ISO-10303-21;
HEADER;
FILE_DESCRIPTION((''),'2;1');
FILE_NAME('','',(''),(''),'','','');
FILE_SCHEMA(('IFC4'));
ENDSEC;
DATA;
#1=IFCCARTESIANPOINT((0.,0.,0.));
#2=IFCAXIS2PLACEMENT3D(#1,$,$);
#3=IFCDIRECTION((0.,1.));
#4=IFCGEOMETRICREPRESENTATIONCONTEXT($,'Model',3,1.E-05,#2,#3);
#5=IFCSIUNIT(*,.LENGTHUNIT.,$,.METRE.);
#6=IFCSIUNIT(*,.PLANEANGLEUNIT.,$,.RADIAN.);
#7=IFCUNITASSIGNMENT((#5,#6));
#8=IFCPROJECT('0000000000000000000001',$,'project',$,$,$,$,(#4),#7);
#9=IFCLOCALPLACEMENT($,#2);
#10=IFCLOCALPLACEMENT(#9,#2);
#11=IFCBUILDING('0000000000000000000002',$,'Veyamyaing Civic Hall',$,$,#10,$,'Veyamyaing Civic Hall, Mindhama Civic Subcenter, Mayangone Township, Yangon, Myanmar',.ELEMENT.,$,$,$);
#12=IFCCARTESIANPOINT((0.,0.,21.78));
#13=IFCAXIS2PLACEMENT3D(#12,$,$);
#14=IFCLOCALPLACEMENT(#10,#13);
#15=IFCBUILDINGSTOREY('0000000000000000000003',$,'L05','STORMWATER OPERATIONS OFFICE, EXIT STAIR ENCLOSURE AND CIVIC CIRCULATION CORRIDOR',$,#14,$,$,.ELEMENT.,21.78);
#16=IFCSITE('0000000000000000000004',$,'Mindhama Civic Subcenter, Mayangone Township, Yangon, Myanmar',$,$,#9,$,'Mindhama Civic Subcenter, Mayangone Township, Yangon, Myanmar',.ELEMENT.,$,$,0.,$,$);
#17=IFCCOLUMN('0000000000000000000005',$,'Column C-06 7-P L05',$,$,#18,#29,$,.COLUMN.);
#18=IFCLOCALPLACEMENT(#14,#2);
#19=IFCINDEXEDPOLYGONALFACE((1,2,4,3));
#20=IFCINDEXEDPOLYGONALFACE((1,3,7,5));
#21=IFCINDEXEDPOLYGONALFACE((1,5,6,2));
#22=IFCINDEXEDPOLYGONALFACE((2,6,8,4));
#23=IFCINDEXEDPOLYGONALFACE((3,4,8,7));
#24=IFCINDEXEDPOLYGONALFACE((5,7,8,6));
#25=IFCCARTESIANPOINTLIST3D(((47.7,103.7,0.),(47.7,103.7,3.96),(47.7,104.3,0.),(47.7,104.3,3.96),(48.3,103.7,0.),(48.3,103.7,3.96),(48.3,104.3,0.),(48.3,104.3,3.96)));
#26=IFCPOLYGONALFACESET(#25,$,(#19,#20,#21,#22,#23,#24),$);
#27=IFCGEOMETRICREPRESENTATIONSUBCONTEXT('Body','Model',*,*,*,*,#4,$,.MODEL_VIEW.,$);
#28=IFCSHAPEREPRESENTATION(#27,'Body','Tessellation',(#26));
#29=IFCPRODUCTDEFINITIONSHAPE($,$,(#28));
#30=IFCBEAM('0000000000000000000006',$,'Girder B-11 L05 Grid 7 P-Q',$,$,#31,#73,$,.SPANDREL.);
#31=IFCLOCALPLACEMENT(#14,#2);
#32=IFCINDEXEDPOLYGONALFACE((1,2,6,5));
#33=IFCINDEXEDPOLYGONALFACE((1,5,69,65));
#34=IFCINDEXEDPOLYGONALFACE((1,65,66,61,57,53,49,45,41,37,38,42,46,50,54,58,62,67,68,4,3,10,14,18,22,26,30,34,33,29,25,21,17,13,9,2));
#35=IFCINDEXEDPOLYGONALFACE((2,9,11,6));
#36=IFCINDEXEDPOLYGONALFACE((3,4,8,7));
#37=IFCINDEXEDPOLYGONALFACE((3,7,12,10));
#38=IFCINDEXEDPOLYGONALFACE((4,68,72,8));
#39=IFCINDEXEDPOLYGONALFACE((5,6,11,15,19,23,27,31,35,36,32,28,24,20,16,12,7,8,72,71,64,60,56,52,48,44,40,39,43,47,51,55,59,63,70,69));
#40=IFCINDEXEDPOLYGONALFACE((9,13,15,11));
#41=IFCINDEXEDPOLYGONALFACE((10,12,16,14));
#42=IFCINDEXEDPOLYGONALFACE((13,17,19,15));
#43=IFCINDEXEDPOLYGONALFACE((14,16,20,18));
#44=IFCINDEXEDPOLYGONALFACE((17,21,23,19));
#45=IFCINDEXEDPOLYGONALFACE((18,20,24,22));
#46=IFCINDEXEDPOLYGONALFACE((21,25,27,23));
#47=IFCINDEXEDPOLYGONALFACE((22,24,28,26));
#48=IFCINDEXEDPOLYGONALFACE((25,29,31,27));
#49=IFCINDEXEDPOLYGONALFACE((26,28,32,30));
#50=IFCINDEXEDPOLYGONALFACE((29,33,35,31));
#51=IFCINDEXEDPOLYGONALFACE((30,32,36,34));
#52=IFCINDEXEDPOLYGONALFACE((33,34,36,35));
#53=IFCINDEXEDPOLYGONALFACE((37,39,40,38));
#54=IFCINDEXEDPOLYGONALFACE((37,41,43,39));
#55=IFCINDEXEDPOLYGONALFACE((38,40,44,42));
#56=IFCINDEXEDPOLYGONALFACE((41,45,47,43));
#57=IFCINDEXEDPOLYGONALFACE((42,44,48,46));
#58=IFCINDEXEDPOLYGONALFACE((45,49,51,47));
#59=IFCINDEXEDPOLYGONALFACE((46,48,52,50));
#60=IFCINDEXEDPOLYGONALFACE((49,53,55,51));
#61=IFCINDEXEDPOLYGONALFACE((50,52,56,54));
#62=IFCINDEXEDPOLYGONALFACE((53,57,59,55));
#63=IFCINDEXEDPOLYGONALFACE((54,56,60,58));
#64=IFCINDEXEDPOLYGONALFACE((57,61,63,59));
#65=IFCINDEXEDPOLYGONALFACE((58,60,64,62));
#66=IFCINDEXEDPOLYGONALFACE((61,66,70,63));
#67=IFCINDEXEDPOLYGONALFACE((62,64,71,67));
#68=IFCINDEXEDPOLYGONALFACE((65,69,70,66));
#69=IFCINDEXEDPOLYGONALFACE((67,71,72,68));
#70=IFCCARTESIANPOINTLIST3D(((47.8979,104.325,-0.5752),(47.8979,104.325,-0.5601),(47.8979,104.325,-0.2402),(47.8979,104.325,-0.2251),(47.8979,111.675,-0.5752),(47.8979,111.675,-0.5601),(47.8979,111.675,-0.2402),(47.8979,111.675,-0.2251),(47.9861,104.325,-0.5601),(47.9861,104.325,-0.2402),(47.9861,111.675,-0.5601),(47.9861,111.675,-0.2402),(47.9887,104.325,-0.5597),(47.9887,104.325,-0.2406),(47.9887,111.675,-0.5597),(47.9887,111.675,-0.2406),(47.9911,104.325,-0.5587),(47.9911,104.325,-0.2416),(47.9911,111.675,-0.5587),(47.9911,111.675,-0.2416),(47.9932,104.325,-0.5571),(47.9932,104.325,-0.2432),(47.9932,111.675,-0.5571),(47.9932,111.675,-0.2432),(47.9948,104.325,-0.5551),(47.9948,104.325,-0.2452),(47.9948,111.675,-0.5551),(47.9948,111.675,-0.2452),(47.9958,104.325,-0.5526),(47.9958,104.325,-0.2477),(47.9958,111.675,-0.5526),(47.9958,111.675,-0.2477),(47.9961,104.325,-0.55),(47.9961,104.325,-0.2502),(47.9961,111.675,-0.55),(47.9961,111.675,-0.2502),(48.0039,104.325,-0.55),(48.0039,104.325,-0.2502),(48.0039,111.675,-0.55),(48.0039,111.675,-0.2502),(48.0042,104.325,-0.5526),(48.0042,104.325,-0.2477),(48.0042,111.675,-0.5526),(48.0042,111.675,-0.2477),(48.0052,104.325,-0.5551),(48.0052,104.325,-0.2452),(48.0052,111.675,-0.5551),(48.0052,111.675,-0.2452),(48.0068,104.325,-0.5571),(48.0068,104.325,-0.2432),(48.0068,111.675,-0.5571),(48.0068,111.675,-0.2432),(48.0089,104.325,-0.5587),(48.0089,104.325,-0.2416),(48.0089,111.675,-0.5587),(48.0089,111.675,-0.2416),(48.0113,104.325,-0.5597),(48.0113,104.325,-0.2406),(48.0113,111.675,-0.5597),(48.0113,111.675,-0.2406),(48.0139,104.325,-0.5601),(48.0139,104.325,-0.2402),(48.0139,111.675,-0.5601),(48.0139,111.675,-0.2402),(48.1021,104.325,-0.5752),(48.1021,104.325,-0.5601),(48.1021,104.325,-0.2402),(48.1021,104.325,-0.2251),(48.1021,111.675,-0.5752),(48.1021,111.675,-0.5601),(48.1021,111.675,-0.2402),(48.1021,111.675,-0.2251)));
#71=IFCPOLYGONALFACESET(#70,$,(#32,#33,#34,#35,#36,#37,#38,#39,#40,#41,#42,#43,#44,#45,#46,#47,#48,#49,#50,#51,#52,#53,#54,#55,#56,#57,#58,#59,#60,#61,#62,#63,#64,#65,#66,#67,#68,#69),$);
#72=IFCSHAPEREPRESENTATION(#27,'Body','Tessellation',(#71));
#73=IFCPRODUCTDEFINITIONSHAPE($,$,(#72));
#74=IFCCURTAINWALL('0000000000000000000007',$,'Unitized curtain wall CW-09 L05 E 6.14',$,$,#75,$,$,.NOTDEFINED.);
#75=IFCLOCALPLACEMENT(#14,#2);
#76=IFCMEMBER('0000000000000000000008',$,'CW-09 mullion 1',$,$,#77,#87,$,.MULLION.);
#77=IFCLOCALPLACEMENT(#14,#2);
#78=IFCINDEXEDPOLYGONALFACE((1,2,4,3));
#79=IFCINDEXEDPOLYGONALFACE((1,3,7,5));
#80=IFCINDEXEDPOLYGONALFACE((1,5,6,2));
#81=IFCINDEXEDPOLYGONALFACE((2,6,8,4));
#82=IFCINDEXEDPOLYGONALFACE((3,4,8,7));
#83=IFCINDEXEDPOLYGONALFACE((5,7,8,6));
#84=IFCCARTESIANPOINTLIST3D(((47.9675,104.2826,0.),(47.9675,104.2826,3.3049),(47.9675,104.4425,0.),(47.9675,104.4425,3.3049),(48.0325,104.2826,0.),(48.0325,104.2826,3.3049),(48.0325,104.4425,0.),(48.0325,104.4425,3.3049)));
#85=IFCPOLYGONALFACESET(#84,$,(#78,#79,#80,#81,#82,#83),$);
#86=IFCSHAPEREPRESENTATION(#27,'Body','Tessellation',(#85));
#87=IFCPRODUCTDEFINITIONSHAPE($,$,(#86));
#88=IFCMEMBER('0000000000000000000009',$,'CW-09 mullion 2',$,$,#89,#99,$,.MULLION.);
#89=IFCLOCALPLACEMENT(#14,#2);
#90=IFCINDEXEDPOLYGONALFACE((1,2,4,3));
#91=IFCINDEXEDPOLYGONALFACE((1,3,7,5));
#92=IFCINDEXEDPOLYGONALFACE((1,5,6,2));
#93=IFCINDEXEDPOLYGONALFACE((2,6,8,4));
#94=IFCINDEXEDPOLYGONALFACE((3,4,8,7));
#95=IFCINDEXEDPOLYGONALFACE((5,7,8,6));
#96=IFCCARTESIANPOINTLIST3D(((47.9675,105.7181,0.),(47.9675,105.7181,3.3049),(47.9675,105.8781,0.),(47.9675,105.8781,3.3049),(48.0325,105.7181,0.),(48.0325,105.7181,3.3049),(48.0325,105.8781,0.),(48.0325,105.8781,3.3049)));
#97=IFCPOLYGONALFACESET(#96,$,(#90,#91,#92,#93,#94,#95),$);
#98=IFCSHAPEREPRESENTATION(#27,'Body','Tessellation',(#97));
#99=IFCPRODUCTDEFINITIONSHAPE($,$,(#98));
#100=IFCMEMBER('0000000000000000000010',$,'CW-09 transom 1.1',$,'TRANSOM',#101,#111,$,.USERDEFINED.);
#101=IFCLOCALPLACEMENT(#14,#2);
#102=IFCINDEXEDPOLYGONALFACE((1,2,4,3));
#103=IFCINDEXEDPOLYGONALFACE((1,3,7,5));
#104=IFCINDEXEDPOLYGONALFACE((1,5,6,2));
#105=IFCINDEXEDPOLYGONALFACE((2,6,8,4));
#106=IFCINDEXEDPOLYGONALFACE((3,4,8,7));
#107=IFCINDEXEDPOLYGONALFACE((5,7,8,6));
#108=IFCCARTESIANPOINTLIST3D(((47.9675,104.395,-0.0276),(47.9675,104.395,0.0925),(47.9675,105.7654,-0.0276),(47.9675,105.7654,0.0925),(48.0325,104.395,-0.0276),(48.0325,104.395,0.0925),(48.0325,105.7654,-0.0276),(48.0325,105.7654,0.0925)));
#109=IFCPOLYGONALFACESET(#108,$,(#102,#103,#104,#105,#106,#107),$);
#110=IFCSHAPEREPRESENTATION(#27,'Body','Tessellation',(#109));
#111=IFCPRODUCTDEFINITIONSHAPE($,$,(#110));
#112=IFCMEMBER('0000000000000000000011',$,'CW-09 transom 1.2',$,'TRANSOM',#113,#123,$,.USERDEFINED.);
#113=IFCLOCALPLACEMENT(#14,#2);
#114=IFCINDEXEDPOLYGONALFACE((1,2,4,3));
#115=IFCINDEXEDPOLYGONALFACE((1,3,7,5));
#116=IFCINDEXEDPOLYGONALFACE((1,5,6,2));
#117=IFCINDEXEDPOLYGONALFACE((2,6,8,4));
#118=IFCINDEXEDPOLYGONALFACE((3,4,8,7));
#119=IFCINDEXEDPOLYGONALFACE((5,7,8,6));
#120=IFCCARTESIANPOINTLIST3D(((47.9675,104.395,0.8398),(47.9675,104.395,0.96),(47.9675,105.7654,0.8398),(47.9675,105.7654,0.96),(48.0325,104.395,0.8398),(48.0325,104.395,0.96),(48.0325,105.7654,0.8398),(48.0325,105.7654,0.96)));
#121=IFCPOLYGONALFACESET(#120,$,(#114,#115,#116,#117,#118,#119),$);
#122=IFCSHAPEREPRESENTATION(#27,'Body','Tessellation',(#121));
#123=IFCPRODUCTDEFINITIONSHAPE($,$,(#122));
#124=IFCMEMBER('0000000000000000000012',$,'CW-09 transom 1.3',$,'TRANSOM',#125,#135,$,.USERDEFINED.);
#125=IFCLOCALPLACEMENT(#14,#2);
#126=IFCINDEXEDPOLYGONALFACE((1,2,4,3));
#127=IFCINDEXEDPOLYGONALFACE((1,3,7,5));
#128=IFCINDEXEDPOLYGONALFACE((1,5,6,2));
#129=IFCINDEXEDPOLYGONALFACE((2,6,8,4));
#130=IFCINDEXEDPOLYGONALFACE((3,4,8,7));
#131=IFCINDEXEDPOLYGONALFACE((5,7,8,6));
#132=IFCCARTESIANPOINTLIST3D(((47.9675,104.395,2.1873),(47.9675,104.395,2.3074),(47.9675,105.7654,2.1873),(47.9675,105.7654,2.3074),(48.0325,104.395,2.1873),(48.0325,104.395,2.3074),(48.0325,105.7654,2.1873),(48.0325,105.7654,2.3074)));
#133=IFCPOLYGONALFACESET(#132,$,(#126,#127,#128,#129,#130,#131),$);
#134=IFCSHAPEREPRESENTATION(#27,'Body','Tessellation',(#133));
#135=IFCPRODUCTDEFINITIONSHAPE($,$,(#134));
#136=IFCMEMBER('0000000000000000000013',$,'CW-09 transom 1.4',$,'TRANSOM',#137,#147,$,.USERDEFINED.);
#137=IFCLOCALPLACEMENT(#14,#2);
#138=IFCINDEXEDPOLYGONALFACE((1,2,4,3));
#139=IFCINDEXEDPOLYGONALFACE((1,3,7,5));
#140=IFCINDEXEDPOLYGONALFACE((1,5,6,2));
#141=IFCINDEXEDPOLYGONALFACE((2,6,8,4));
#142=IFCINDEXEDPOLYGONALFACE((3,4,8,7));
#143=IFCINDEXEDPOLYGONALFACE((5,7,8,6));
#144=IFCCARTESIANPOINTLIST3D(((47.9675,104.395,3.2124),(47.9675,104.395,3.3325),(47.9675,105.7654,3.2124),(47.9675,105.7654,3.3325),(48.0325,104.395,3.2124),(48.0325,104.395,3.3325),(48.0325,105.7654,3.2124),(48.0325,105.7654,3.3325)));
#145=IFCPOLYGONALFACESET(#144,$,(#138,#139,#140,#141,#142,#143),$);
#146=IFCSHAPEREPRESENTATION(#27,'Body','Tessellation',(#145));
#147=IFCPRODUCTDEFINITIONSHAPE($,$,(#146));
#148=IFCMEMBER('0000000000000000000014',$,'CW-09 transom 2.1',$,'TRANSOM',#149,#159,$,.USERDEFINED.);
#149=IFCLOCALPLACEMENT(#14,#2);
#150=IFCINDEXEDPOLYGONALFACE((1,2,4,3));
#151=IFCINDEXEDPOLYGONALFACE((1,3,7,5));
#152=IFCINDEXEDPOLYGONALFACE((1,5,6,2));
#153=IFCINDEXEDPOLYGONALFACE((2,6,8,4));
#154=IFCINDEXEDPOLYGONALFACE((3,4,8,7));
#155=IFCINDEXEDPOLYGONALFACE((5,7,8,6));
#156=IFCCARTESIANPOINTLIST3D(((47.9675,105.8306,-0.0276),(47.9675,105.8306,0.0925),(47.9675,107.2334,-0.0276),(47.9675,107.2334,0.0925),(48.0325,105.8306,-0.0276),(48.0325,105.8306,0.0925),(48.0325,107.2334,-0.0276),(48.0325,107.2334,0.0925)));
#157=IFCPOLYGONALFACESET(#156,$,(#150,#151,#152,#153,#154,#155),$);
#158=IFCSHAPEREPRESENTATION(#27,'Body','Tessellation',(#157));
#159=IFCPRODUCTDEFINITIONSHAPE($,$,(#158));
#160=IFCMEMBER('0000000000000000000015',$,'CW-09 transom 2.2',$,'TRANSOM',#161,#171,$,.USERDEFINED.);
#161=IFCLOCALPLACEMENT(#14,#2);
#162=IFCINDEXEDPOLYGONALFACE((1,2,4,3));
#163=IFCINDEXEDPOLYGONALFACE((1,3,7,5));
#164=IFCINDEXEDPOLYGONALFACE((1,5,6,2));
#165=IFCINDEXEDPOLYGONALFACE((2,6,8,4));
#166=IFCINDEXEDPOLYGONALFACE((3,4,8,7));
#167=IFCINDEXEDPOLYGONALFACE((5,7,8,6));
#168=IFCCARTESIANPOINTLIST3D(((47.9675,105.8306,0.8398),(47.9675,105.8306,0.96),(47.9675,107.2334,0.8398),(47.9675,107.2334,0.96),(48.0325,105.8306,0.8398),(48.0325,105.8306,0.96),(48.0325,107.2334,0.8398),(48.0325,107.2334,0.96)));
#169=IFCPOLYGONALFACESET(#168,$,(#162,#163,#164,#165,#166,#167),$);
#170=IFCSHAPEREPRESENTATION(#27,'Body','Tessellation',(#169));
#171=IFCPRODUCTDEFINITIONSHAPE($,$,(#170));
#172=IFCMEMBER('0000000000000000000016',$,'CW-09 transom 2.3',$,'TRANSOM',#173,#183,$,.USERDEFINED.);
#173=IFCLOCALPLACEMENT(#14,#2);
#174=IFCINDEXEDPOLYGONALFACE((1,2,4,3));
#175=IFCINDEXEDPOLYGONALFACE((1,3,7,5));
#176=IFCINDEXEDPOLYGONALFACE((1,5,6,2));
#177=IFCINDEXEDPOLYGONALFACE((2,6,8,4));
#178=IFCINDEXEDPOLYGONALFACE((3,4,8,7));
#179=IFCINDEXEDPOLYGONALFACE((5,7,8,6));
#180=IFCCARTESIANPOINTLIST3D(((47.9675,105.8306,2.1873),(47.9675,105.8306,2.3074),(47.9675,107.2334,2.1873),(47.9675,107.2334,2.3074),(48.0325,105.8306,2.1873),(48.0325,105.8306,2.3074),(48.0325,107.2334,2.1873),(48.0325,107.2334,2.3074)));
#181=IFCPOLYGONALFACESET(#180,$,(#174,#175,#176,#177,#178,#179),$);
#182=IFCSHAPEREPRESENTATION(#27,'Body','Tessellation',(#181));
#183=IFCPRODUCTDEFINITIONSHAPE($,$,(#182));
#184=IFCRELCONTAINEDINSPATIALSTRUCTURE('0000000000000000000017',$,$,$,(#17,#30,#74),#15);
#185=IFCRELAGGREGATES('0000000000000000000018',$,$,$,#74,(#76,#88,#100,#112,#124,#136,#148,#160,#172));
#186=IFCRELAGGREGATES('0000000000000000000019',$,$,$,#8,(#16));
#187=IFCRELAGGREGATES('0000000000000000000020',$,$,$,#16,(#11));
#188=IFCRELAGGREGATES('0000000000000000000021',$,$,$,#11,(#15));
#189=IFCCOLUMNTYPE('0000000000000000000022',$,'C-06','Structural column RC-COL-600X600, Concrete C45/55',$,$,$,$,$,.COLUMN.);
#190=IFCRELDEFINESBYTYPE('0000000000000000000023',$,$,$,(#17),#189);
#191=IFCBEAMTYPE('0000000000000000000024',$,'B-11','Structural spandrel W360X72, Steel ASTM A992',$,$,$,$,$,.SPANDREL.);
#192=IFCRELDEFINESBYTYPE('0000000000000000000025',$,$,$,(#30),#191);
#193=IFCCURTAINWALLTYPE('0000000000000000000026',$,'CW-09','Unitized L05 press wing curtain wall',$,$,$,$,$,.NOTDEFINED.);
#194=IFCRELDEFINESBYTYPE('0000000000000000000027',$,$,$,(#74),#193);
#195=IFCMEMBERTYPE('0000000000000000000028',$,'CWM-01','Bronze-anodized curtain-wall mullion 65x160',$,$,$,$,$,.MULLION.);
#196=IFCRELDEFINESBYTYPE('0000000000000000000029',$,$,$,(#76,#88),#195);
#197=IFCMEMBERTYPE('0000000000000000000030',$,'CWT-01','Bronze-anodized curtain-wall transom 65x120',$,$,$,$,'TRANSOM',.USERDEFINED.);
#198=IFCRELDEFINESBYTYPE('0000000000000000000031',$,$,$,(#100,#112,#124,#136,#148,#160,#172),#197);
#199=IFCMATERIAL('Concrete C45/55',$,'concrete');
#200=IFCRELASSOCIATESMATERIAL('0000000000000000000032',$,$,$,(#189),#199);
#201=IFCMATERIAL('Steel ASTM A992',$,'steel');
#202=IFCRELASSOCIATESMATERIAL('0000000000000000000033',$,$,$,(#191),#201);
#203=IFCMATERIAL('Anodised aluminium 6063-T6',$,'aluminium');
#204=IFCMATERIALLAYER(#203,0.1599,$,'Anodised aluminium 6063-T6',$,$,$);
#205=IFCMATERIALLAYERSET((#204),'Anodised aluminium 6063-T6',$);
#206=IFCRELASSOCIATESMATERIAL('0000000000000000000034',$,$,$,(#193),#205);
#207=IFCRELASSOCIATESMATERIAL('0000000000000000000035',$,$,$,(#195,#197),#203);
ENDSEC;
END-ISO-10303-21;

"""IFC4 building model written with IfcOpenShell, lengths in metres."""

from ifc_helpers import new_model, si_unit, direction, frame, origin, origin_2d, place, context, subcontext, project, spatial, rectangle, i_section, extrude, material, layer, layer_set, material_profile, profile_set, type_object, element, aggregate, save


model = new_model("IFC4")

# Units and contexts
model_context = context("Model", 3, precision=1e-05, world=origin(), true_north=direction((0.0, 1.0)))
body_context = subcontext(model_context, "Body", "Model", "MODEL_VIEW")
ifc_project = project(units=[si_unit("LENGTHUNIT", "METRE"), si_unit("PLANEANGLEUNIT", "RADIAN")], contexts=[model_context])

# Site, building, storey
site_placement = place(None, origin())
site = spatial("IfcSite", under=ifc_project, at=site_placement, Name="Mindhama Civic Subcenter, Mayangone Township, Yangon, Myanmar", LongName="Mindhama Civic Subcenter, Mayangone Township, Yangon, Myanmar", CompositionType="ELEMENT", RefElevation=0.0)
building_placement = place(site_placement, origin())
building = spatial("IfcBuilding", under=site, at=building_placement, Name="Veyamyaing Civic Hall", LongName="Veyamyaing Civic Hall, Mindhama Civic Subcenter, Mayangone Township, Yangon, Myanmar", CompositionType="ELEMENT")
storey_placement = place(building_placement, frame((0.0, 0.0, 21.78)))
storey = spatial("IfcBuildingStorey", under=building, at=storey_placement, Name="L05", Description="STORMWATER OPERATIONS OFFICE, EXIT STAIR ENCLOSURE AND CIVIC CIRCULATION CORRIDOR", CompositionType="ELEMENT", Elevation=21.78)

# Column
ifc_material_1 = material(Name="Concrete C45/55", Category="concrete")
ifc_material_profile_1 = material_profile(ifc_material_1, rectangle(XDim=0.6001, YDim=0.6001, at=origin_2d()), Name="RC-COL-600X600")
ifc_profile_set_1 = profile_set([ifc_material_profile_1], Name="Concrete C45/55")
column_type = type_object("IfcColumnType", Name="C-06", Description="Structural column RC-COL-600X600, Concrete C45/55", PredefinedType="COLUMN", material=ifc_profile_set_1)
column_placement = place(storey_placement, frame((48.0, 104.0, 0.0), z_axis=(0.0, 0.0, 1.0), x_axis=(1.0, 0.0, 0.0)))
element("IfcColumn", 1, at=column_placement, inside=storey, type_object=column_type, Name="Column C-06 7-P L05", PredefinedType="COLUMN", context=body_context, shape_type="SweptSolid", body=[
    extrude(rectangle(XDim=0.6001, YDim=0.6001, at=origin_2d()), origin(), (0.0, 0.0, 1.0), 3.96),
])

# Beam
ifc_material_2 = material(Name="Steel ASTM A992", Category="steel")
ifc_material_profile_2 = material_profile(ifc_material_2, i_section(OverallWidth=0.2041, OverallDepth=0.3501, WebThickness=0.0078, FlangeThickness=0.0151, FilletRadius=0.01, at=origin_2d()), Name="W360X72")
ifc_profile_set_2 = profile_set([ifc_material_profile_2], Name="Steel ASTM A992")
beam_type = type_object("IfcBeamType", Name="B-11", Description="Structural spandrel W360X72, Steel ASTM A992", PredefinedType="SPANDREL", material=ifc_profile_set_2)
beam_placement = place(storey_placement, frame((48.0, 104.325, -0.4001), z_axis=(0.0, 1.0, 0.0), x_axis=(-1.0, 0.0, 0.0)))
element("IfcBeam", 2, at=beam_placement, inside=storey, type_object=beam_type, Name="Girder B-11 L05 Grid 7 P-Q", PredefinedType="SPANDREL", context=body_context, shape_type="SweptSolid", body=[
    extrude(i_section(OverallWidth=0.2041, OverallDepth=0.3501, WebThickness=0.0078, FlangeThickness=0.0151, FilletRadius=0.01, at=origin_2d()), origin(), (0.0, 0.0, 1.0), 7.3501),
])

# Curtain wall, members
ifc_material_3 = material(Name="Anodised aluminium 6063-T6", Category="aluminium")
ifc_layer_1 = layer(ifc_material_3, 0.1599, Name="Anodised aluminium 6063-T6")
ifc_layer_set_1 = layer_set([ifc_layer_1], Name="Anodised aluminium 6063-T6")
curtain_wall_type = type_object("IfcCurtainWallType", Name="CW-09", Description="Unitized L05 press wing curtain wall", PredefinedType="NOTDEFINED", material=ifc_layer_set_1)
curtain_wall_placement = place(storey_placement, origin())
curtain_wall = element("IfcCurtainWall", 3, at=curtain_wall_placement, inside=storey, type_object=curtain_wall_type, Name="Unitized curtain wall CW-09 L05 E 6.14", PredefinedType="NOTDEFINED")
ifc_material_profile_3 = material_profile(ifc_material_3, rectangle(XDim=0.0649, YDim=0.1599, at=origin_2d()), Name="ALU-MUL-65X160")
ifc_profile_set_3 = profile_set([ifc_material_profile_3], Name="Anodised aluminium 6063-T6")
member_type_1 = type_object("IfcMemberType", Name="CWM-01", Description="Bronze-anodized curtain-wall mullion 65x160", PredefinedType="MULLION", material=ifc_profile_set_3)
member_1_placement = place(storey_placement, frame((48.0, 104.3625, 0.0), z_axis=(0.0, 0.0, 1.0), x_axis=(-1.0, 0.0, 0.0)))
member_1 = element("IfcMember", 4, at=member_1_placement, type_object=member_type_1, Name="CW-09 mullion 1", PredefinedType="MULLION", context=body_context, shape_type="SweptSolid", body=[
    extrude(rectangle(XDim=0.0649, YDim=0.1599, at=origin_2d()), origin(), (0.0, 0.0, 1.0), 3.3049),
])
member_2_placement = place(storey_placement, frame((48.0, 105.7981, 0.0), z_axis=(0.0, 0.0, 1.0), x_axis=(-1.0, 0.0, 0.0)))
member_2 = element("IfcMember", 5, at=member_2_placement, type_object=member_type_1, Name="CW-09 mullion 2", PredefinedType="MULLION", context=body_context, shape_type="SweptSolid", body=[
    extrude(rectangle(XDim=0.0649, YDim=0.1599, at=origin_2d()), origin(), (0.0, 0.0, 1.0), 3.3049),
])
ifc_material_profile_4 = material_profile(ifc_material_3, rectangle(XDim=0.0649, YDim=0.1201, at=origin_2d()), Name="ALU-TRN-65X120")
ifc_profile_set_4 = profile_set([ifc_material_profile_4], Name="Anodised aluminium 6063-T6")
member_type_2 = type_object("IfcMemberType", Name="CWT-01", Description="Bronze-anodized curtain-wall transom 65x120", ElementType="TRANSOM", PredefinedType="USERDEFINED", material=ifc_profile_set_4)
member_3_placement = place(storey_placement, frame((48.0, 104.395, 0.0325), z_axis=(0.0, 1.0, 0.0), x_axis=(-1.0, 0.0, 0.0)))
member_3 = element("IfcMember", 6, at=member_3_placement, type_object=member_type_2, Name="CW-09 transom 1.1", ObjectType="TRANSOM", PredefinedType="USERDEFINED", context=body_context, shape_type="SweptSolid", body=[
    extrude(rectangle(XDim=0.0649, YDim=0.1201, at=origin_2d()), origin(), (0.0, 0.0, 1.0), 1.3704),
])
member_4_placement = place(storey_placement, frame((48.0, 104.395, 0.8999), z_axis=(0.0, 1.0, 0.0), x_axis=(-1.0, 0.0, 0.0)))
member_4 = element("IfcMember", 7, at=member_4_placement, type_object=member_type_2, Name="CW-09 transom 1.2", ObjectType="TRANSOM", PredefinedType="USERDEFINED", context=body_context, shape_type="SweptSolid", body=[
    extrude(rectangle(XDim=0.0649, YDim=0.1201, at=origin_2d()), origin(), (0.0, 0.0, 1.0), 1.3704),
])
member_5_placement = place(storey_placement, frame((48.0, 104.395, 2.2473), z_axis=(0.0, 1.0, 0.0), x_axis=(-1.0, 0.0, 0.0)))
member_5 = element("IfcMember", 8, at=member_5_placement, type_object=member_type_2, Name="CW-09 transom 1.3", ObjectType="TRANSOM", PredefinedType="USERDEFINED", context=body_context, shape_type="SweptSolid", body=[
    extrude(rectangle(XDim=0.0649, YDim=0.1201, at=origin_2d()), origin(), (0.0, 0.0, 1.0), 1.3704),
])
member_6_placement = place(storey_placement, frame((48.0, 104.395, 3.2725), z_axis=(0.0, 1.0, 0.0), x_axis=(-1.0, 0.0, 0.0)))
member_6 = element("IfcMember", 9, at=member_6_placement, type_object=member_type_2, Name="CW-09 transom 1.4", ObjectType="TRANSOM", PredefinedType="USERDEFINED", context=body_context, shape_type="SweptSolid", body=[
    extrude(rectangle(XDim=0.0649, YDim=0.1201, at=origin_2d()), origin(), (0.0, 0.0, 1.0), 1.3704),
])
member_7_placement = place(storey_placement, frame((48.0, 105.8306, 0.0325), z_axis=(0.0, 1.0, 0.0), x_axis=(-1.0, 0.0, 0.0)))
member_7 = element("IfcMember", 10, at=member_7_placement, type_object=member_type_2, Name="CW-09 transom 2.1", ObjectType="TRANSOM", PredefinedType="USERDEFINED", context=body_context, shape_type="SweptSolid", body=[
    extrude(rectangle(XDim=0.0649, YDim=0.1201, at=origin_2d()), origin(), (0.0, 0.0, 1.0), 1.4028),
])
member_8_placement = place(storey_placement, frame((48.0, 105.8306, 0.8999), z_axis=(0.0, 1.0, 0.0), x_axis=(-1.0, 0.0, 0.0)))
member_8 = element("IfcMember", 11, at=member_8_placement, type_object=member_type_2, Name="CW-09 transom 2.2", ObjectType="TRANSOM", PredefinedType="USERDEFINED", context=body_context, shape_type="SweptSolid", body=[
    extrude(rectangle(XDim=0.0649, YDim=0.1201, at=origin_2d()), origin(), (0.0, 0.0, 1.0), 1.4028),
])
member_9_placement = place(storey_placement, frame((48.0, 105.8306, 2.2473), z_axis=(0.0, 1.0, 0.0), x_axis=(-1.0, 0.0, 0.0)))
member_9 = element("IfcMember", 12, at=member_9_placement, type_object=member_type_2, Name="CW-09 transom 2.3", ObjectType="TRANSOM", PredefinedType="USERDEFINED", context=body_context, shape_type="SweptSolid", body=[
    extrude(rectangle(XDim=0.0649, YDim=0.1201, at=origin_2d()), origin(), (0.0, 0.0, 1.0), 1.4028),
])
aggregate(curtain_wall, [member_1, member_2, member_3, member_4, member_5, member_6, member_7, member_8, member_9])

save(model, "model.ifc")
